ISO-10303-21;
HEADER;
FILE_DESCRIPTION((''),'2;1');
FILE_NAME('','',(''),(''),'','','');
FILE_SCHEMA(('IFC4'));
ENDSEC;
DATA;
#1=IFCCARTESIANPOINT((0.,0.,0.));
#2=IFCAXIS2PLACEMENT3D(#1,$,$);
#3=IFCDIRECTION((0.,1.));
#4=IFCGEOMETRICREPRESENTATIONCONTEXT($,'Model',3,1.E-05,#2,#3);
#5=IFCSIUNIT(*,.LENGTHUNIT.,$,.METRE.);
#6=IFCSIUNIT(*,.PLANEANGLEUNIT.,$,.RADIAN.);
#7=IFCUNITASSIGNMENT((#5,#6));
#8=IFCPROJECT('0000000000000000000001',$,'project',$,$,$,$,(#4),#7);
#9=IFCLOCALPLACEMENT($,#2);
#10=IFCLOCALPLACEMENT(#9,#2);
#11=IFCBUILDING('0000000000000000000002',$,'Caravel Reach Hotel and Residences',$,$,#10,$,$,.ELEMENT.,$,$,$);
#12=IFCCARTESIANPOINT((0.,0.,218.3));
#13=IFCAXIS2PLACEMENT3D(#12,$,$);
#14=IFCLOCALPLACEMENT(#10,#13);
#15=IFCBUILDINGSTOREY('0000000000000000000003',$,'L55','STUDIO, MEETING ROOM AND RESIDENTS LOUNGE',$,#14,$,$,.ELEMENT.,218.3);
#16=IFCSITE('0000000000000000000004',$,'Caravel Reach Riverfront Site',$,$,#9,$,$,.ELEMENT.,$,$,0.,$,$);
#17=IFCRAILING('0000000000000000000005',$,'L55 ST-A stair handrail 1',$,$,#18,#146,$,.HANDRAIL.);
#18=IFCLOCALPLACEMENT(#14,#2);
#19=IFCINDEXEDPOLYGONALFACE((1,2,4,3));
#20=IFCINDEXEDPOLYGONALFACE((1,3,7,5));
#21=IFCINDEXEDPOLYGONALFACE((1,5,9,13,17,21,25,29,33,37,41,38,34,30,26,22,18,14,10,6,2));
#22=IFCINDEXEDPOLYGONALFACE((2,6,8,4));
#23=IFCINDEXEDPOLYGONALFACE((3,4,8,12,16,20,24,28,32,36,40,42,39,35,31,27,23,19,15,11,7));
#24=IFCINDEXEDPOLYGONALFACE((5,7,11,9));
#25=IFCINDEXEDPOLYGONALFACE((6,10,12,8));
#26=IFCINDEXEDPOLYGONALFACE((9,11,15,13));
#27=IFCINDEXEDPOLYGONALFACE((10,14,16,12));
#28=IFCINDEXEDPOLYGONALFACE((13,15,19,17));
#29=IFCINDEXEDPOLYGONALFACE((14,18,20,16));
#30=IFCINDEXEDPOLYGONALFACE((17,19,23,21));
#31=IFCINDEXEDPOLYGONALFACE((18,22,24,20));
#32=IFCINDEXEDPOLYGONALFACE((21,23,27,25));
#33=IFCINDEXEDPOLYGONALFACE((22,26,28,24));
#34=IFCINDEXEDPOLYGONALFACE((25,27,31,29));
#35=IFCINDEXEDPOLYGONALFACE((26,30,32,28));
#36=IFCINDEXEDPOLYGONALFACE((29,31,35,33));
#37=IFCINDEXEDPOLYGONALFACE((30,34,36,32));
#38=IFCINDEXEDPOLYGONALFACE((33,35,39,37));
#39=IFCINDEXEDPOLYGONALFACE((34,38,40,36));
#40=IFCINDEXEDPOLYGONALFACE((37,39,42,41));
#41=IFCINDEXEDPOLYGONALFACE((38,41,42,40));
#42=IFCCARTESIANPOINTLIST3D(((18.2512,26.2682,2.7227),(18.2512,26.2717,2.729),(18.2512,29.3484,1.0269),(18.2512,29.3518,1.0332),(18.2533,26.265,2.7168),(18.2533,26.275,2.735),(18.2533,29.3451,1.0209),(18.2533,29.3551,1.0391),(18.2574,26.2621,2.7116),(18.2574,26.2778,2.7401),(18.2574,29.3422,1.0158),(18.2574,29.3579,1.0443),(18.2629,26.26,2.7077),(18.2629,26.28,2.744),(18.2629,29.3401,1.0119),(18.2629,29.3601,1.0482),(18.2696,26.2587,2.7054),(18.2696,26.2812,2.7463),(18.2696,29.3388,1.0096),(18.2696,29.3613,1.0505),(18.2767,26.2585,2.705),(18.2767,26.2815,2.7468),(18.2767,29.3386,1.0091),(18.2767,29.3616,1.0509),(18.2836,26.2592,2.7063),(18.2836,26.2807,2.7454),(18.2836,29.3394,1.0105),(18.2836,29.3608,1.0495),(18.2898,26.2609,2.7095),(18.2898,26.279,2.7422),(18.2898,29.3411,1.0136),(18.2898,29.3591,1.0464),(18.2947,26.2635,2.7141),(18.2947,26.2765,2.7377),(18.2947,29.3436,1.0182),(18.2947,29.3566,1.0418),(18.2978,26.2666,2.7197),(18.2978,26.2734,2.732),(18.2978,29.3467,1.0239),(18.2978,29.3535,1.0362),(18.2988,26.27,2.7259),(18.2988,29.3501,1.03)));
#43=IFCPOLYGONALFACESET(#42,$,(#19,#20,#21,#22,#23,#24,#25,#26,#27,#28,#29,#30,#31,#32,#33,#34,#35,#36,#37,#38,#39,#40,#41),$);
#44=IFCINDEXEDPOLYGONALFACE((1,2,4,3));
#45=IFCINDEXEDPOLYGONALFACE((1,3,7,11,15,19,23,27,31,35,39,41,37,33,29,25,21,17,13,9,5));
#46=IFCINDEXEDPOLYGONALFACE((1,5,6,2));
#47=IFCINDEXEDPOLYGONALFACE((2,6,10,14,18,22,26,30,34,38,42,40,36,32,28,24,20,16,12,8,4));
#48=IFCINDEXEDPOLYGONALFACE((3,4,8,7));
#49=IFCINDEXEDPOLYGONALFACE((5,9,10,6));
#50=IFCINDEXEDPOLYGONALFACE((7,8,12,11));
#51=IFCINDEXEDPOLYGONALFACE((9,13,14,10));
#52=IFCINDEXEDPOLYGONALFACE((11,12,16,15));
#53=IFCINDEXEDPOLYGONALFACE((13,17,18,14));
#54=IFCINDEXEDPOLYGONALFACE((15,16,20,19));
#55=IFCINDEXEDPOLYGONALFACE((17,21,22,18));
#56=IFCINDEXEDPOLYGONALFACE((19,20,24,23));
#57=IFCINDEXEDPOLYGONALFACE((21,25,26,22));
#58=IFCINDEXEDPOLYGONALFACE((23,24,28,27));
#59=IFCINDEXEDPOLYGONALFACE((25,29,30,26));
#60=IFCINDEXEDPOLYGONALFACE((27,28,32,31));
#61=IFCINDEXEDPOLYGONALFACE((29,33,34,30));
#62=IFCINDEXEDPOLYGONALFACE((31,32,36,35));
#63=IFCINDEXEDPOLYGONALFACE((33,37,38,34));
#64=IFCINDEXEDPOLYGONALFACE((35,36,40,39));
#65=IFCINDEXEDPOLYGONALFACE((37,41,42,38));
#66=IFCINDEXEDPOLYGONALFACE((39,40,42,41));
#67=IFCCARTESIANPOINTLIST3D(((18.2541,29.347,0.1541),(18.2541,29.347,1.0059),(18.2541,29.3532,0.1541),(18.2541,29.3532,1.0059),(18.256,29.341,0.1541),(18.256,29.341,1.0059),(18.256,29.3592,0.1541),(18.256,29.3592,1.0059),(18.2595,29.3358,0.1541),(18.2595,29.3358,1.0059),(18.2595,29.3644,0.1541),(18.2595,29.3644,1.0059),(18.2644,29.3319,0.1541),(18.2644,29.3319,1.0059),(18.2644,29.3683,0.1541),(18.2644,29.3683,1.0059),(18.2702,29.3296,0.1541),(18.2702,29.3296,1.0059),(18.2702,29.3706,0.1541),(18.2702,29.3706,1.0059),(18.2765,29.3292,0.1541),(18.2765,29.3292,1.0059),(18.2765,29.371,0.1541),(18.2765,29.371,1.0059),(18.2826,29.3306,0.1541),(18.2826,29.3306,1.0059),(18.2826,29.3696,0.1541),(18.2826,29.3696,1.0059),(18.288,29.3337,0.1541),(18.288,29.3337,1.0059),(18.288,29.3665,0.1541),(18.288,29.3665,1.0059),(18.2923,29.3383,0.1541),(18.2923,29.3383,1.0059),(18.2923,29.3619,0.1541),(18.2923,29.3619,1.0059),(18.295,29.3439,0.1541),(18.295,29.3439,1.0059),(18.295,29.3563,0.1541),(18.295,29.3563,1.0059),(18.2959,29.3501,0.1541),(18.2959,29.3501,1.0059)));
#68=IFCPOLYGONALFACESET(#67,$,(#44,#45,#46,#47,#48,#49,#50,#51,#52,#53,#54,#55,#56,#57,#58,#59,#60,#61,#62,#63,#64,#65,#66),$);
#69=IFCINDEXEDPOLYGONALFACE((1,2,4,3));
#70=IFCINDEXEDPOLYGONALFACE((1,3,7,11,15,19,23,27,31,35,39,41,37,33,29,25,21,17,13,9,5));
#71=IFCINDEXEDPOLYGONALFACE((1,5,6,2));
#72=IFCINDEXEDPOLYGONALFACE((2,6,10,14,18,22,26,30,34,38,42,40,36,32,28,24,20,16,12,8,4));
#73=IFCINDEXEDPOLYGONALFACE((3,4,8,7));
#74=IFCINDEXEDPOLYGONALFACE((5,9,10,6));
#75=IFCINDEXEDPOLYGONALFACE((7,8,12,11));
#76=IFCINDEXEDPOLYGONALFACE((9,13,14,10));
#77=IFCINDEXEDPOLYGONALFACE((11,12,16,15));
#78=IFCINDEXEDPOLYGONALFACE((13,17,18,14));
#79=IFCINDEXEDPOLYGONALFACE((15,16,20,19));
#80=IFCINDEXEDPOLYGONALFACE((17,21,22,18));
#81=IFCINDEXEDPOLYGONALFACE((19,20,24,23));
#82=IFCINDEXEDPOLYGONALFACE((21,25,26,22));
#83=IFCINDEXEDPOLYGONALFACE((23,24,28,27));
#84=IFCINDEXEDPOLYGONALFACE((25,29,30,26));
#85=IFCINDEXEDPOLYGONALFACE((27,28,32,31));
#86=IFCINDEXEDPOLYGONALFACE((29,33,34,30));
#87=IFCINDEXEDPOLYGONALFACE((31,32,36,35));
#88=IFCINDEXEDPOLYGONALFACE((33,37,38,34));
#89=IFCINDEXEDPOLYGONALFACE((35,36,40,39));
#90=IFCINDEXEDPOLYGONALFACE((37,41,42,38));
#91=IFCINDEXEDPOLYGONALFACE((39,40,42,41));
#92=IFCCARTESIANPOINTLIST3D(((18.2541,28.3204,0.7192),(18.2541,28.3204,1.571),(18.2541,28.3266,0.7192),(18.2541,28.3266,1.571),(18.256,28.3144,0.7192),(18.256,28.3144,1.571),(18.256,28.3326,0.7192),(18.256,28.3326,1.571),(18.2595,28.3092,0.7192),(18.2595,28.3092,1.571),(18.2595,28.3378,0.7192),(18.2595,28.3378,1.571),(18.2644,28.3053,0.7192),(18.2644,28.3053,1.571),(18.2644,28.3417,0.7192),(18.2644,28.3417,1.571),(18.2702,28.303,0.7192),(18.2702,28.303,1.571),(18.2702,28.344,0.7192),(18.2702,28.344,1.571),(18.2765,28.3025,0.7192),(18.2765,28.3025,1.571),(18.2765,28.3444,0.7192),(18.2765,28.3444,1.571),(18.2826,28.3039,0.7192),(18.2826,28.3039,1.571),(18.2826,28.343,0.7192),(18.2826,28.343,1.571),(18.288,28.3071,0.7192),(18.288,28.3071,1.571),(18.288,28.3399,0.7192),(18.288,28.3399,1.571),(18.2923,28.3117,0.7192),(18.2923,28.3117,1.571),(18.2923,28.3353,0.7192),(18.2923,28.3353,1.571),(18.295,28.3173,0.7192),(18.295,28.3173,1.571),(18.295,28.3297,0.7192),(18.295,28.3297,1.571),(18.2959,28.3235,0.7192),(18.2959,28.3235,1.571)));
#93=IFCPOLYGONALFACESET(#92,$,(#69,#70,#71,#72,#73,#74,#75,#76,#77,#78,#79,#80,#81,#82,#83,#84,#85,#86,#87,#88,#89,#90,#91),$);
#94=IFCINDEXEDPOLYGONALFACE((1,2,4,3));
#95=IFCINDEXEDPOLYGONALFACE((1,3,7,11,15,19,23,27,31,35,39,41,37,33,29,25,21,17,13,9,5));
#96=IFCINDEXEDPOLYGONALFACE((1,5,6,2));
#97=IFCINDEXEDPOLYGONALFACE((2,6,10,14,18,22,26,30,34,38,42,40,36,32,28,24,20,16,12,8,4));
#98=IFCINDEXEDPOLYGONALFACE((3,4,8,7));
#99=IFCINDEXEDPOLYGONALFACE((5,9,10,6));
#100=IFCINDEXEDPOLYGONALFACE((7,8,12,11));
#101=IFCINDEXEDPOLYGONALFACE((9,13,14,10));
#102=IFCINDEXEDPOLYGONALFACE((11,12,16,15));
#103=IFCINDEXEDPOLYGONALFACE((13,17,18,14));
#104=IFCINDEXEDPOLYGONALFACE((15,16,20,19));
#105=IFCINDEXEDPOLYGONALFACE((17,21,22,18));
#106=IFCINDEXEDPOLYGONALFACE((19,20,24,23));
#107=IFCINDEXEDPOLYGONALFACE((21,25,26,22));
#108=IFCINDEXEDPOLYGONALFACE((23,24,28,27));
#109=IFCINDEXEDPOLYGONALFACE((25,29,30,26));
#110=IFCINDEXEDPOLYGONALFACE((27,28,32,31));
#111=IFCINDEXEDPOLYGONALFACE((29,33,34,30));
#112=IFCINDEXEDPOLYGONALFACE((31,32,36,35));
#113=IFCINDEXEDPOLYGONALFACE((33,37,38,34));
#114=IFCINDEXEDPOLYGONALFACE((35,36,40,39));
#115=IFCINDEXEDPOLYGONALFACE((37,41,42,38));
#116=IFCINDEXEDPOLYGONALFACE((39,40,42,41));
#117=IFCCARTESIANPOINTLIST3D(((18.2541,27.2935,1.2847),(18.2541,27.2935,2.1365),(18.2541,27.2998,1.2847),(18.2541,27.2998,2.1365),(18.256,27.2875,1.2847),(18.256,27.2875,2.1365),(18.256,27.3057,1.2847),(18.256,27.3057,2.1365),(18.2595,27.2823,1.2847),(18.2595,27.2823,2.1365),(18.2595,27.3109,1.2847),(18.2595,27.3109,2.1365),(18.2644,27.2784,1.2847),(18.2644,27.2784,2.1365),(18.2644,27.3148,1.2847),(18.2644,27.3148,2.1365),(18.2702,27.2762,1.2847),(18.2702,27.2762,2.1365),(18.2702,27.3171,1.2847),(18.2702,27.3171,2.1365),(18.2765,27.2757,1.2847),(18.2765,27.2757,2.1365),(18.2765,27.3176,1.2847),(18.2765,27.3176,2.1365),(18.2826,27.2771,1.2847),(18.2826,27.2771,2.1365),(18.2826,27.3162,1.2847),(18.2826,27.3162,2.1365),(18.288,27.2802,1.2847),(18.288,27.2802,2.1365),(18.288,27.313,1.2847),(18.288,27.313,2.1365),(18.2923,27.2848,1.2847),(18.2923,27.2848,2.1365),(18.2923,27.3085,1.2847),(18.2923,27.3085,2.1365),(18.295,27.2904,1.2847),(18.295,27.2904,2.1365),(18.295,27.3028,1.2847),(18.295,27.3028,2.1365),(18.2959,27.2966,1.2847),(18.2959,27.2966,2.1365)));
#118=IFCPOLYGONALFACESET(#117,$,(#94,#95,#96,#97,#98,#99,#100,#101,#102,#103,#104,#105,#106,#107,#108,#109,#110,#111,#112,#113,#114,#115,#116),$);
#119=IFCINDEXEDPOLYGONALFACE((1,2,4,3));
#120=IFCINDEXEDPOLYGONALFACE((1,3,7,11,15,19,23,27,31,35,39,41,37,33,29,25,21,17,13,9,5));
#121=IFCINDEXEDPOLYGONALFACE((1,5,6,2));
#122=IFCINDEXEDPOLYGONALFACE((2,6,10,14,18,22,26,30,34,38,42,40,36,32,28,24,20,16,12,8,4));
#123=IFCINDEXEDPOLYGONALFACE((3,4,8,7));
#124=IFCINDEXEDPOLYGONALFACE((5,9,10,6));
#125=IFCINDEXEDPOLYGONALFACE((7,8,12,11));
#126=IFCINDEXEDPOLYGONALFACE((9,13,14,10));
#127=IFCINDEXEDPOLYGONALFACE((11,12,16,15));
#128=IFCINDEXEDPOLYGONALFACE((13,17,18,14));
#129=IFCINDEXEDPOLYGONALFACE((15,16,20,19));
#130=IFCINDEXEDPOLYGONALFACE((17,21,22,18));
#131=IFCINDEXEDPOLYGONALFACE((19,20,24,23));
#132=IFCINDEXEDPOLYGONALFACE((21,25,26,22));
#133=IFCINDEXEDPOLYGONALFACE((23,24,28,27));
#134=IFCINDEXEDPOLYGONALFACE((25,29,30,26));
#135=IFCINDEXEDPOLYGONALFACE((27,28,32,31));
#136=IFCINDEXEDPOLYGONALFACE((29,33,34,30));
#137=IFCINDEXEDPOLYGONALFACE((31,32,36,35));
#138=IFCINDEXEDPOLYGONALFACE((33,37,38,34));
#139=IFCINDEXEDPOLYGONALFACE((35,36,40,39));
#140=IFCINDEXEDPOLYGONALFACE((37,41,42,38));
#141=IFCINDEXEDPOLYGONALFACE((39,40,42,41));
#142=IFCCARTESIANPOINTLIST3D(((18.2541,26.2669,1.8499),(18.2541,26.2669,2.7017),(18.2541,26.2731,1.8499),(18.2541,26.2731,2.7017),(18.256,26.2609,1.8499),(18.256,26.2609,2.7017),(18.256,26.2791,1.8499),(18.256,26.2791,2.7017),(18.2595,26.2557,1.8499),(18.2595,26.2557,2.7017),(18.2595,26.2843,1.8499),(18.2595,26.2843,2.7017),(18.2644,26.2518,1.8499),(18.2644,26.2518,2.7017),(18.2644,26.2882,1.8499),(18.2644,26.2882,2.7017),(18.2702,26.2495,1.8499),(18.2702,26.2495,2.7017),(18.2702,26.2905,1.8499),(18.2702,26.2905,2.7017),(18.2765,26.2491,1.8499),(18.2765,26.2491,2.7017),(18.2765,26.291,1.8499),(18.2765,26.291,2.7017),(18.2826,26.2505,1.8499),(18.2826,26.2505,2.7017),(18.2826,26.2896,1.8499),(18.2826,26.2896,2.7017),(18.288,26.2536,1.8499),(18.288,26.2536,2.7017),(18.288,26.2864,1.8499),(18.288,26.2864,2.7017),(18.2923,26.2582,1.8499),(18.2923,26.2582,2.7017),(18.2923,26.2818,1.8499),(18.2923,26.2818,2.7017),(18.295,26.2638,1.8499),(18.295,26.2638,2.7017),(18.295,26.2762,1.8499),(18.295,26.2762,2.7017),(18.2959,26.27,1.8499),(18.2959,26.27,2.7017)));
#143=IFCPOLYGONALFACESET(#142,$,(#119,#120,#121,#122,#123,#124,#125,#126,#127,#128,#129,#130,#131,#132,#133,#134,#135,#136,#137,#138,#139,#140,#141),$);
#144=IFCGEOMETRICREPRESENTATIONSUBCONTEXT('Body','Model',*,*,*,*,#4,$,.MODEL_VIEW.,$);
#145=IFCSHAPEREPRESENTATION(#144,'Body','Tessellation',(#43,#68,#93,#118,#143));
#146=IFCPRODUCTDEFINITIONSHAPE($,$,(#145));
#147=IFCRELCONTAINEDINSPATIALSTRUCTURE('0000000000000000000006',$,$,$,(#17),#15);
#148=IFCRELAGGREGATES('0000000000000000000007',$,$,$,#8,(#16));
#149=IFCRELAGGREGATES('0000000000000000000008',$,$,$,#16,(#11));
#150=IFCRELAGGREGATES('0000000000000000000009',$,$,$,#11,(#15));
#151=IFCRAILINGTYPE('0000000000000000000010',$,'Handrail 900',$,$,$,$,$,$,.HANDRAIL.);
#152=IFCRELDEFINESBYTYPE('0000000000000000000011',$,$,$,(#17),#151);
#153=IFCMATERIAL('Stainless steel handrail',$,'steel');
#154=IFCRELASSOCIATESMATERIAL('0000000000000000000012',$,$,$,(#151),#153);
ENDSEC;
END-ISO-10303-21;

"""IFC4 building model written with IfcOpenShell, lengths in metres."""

from ifc_helpers import new_model, si_unit, direction, frame, origin, origin_2d, place, context, subcontext, project, spatial, circle, extrude, material, type_object, element, save


model = new_model("IFC4")

# Units and contexts
model_context = context("Model", 3, precision=1e-05, world=origin(), true_north=direction((0.0, 1.0)))
body_context = subcontext(model_context, "Body", "Model", "MODEL_VIEW")
ifc_project = project(units=[si_unit("LENGTHUNIT", "METRE"), si_unit("PLANEANGLEUNIT", "RADIAN")], contexts=[model_context])

# Site, building, storey
site_placement = place(None, origin())
site = spatial("IfcSite", under=ifc_project, at=site_placement, Name="Caravel Reach Riverfront Site", CompositionType="ELEMENT", RefElevation=0.0)
building_placement = place(site_placement, origin())
building = spatial("IfcBuilding", under=site, at=building_placement, Name="Caravel Reach Hotel and Residences", CompositionType="ELEMENT")
storey_placement = place(building_placement, frame((0.0, 0.0, 218.3)))
storey = spatial("IfcBuildingStorey", under=building, at=storey_placement, Name="L55", Description="STUDIO, MEETING ROOM AND RESIDENTS LOUNGE", CompositionType="ELEMENT", Elevation=218.3)

# Railing
ifc_material_1 = material(Name="Stainless steel handrail", Category="steel")
railing_type_1 = type_object("IfcRailingType", Name="Handrail 900", PredefinedType="HANDRAIL", material=ifc_material_1)
railing_1_placement = place(storey_placement, frame((18.2749, 29.3501, 0.1541)))
element("IfcRailing", 1, at=railing_1_placement, inside=storey, type_object=railing_type_1, Name="L55 ST-A stair handrail 1", PredefinedType="HANDRAIL", context=body_context, shape_type="SweptSolid", body=[
    extrude(circle(Radius=0.0239, at=origin_2d()), frame((0.0, 0.0, 0.876), z_axis=(0.0, -0.876005, 0.482303), x_axis=(1.0, 0.0, 0.0)), (0.0, 0.0, 1.0), 3.5161),
    extrude(circle(Radius=0.021, at=origin_2d()), origin(), (0.0, 0.0, 1.0), 0.8518),
    extrude(circle(Radius=0.021, at=origin_2d()), frame((0.0, -1.0266, 0.5652)), (0.0, 0.0, 1.0), 0.8518),
    extrude(circle(Radius=0.021, at=origin_2d()), frame((0.0, -2.0535, 1.1306)), (0.0, 0.0, 1.0), 0.8518),
    extrude(circle(Radius=0.021, at=origin_2d()), frame((0.0, -3.0801, 1.6958)), (0.0, 0.0, 1.0), 0.8518),
])

save(model, "model.ifc")
